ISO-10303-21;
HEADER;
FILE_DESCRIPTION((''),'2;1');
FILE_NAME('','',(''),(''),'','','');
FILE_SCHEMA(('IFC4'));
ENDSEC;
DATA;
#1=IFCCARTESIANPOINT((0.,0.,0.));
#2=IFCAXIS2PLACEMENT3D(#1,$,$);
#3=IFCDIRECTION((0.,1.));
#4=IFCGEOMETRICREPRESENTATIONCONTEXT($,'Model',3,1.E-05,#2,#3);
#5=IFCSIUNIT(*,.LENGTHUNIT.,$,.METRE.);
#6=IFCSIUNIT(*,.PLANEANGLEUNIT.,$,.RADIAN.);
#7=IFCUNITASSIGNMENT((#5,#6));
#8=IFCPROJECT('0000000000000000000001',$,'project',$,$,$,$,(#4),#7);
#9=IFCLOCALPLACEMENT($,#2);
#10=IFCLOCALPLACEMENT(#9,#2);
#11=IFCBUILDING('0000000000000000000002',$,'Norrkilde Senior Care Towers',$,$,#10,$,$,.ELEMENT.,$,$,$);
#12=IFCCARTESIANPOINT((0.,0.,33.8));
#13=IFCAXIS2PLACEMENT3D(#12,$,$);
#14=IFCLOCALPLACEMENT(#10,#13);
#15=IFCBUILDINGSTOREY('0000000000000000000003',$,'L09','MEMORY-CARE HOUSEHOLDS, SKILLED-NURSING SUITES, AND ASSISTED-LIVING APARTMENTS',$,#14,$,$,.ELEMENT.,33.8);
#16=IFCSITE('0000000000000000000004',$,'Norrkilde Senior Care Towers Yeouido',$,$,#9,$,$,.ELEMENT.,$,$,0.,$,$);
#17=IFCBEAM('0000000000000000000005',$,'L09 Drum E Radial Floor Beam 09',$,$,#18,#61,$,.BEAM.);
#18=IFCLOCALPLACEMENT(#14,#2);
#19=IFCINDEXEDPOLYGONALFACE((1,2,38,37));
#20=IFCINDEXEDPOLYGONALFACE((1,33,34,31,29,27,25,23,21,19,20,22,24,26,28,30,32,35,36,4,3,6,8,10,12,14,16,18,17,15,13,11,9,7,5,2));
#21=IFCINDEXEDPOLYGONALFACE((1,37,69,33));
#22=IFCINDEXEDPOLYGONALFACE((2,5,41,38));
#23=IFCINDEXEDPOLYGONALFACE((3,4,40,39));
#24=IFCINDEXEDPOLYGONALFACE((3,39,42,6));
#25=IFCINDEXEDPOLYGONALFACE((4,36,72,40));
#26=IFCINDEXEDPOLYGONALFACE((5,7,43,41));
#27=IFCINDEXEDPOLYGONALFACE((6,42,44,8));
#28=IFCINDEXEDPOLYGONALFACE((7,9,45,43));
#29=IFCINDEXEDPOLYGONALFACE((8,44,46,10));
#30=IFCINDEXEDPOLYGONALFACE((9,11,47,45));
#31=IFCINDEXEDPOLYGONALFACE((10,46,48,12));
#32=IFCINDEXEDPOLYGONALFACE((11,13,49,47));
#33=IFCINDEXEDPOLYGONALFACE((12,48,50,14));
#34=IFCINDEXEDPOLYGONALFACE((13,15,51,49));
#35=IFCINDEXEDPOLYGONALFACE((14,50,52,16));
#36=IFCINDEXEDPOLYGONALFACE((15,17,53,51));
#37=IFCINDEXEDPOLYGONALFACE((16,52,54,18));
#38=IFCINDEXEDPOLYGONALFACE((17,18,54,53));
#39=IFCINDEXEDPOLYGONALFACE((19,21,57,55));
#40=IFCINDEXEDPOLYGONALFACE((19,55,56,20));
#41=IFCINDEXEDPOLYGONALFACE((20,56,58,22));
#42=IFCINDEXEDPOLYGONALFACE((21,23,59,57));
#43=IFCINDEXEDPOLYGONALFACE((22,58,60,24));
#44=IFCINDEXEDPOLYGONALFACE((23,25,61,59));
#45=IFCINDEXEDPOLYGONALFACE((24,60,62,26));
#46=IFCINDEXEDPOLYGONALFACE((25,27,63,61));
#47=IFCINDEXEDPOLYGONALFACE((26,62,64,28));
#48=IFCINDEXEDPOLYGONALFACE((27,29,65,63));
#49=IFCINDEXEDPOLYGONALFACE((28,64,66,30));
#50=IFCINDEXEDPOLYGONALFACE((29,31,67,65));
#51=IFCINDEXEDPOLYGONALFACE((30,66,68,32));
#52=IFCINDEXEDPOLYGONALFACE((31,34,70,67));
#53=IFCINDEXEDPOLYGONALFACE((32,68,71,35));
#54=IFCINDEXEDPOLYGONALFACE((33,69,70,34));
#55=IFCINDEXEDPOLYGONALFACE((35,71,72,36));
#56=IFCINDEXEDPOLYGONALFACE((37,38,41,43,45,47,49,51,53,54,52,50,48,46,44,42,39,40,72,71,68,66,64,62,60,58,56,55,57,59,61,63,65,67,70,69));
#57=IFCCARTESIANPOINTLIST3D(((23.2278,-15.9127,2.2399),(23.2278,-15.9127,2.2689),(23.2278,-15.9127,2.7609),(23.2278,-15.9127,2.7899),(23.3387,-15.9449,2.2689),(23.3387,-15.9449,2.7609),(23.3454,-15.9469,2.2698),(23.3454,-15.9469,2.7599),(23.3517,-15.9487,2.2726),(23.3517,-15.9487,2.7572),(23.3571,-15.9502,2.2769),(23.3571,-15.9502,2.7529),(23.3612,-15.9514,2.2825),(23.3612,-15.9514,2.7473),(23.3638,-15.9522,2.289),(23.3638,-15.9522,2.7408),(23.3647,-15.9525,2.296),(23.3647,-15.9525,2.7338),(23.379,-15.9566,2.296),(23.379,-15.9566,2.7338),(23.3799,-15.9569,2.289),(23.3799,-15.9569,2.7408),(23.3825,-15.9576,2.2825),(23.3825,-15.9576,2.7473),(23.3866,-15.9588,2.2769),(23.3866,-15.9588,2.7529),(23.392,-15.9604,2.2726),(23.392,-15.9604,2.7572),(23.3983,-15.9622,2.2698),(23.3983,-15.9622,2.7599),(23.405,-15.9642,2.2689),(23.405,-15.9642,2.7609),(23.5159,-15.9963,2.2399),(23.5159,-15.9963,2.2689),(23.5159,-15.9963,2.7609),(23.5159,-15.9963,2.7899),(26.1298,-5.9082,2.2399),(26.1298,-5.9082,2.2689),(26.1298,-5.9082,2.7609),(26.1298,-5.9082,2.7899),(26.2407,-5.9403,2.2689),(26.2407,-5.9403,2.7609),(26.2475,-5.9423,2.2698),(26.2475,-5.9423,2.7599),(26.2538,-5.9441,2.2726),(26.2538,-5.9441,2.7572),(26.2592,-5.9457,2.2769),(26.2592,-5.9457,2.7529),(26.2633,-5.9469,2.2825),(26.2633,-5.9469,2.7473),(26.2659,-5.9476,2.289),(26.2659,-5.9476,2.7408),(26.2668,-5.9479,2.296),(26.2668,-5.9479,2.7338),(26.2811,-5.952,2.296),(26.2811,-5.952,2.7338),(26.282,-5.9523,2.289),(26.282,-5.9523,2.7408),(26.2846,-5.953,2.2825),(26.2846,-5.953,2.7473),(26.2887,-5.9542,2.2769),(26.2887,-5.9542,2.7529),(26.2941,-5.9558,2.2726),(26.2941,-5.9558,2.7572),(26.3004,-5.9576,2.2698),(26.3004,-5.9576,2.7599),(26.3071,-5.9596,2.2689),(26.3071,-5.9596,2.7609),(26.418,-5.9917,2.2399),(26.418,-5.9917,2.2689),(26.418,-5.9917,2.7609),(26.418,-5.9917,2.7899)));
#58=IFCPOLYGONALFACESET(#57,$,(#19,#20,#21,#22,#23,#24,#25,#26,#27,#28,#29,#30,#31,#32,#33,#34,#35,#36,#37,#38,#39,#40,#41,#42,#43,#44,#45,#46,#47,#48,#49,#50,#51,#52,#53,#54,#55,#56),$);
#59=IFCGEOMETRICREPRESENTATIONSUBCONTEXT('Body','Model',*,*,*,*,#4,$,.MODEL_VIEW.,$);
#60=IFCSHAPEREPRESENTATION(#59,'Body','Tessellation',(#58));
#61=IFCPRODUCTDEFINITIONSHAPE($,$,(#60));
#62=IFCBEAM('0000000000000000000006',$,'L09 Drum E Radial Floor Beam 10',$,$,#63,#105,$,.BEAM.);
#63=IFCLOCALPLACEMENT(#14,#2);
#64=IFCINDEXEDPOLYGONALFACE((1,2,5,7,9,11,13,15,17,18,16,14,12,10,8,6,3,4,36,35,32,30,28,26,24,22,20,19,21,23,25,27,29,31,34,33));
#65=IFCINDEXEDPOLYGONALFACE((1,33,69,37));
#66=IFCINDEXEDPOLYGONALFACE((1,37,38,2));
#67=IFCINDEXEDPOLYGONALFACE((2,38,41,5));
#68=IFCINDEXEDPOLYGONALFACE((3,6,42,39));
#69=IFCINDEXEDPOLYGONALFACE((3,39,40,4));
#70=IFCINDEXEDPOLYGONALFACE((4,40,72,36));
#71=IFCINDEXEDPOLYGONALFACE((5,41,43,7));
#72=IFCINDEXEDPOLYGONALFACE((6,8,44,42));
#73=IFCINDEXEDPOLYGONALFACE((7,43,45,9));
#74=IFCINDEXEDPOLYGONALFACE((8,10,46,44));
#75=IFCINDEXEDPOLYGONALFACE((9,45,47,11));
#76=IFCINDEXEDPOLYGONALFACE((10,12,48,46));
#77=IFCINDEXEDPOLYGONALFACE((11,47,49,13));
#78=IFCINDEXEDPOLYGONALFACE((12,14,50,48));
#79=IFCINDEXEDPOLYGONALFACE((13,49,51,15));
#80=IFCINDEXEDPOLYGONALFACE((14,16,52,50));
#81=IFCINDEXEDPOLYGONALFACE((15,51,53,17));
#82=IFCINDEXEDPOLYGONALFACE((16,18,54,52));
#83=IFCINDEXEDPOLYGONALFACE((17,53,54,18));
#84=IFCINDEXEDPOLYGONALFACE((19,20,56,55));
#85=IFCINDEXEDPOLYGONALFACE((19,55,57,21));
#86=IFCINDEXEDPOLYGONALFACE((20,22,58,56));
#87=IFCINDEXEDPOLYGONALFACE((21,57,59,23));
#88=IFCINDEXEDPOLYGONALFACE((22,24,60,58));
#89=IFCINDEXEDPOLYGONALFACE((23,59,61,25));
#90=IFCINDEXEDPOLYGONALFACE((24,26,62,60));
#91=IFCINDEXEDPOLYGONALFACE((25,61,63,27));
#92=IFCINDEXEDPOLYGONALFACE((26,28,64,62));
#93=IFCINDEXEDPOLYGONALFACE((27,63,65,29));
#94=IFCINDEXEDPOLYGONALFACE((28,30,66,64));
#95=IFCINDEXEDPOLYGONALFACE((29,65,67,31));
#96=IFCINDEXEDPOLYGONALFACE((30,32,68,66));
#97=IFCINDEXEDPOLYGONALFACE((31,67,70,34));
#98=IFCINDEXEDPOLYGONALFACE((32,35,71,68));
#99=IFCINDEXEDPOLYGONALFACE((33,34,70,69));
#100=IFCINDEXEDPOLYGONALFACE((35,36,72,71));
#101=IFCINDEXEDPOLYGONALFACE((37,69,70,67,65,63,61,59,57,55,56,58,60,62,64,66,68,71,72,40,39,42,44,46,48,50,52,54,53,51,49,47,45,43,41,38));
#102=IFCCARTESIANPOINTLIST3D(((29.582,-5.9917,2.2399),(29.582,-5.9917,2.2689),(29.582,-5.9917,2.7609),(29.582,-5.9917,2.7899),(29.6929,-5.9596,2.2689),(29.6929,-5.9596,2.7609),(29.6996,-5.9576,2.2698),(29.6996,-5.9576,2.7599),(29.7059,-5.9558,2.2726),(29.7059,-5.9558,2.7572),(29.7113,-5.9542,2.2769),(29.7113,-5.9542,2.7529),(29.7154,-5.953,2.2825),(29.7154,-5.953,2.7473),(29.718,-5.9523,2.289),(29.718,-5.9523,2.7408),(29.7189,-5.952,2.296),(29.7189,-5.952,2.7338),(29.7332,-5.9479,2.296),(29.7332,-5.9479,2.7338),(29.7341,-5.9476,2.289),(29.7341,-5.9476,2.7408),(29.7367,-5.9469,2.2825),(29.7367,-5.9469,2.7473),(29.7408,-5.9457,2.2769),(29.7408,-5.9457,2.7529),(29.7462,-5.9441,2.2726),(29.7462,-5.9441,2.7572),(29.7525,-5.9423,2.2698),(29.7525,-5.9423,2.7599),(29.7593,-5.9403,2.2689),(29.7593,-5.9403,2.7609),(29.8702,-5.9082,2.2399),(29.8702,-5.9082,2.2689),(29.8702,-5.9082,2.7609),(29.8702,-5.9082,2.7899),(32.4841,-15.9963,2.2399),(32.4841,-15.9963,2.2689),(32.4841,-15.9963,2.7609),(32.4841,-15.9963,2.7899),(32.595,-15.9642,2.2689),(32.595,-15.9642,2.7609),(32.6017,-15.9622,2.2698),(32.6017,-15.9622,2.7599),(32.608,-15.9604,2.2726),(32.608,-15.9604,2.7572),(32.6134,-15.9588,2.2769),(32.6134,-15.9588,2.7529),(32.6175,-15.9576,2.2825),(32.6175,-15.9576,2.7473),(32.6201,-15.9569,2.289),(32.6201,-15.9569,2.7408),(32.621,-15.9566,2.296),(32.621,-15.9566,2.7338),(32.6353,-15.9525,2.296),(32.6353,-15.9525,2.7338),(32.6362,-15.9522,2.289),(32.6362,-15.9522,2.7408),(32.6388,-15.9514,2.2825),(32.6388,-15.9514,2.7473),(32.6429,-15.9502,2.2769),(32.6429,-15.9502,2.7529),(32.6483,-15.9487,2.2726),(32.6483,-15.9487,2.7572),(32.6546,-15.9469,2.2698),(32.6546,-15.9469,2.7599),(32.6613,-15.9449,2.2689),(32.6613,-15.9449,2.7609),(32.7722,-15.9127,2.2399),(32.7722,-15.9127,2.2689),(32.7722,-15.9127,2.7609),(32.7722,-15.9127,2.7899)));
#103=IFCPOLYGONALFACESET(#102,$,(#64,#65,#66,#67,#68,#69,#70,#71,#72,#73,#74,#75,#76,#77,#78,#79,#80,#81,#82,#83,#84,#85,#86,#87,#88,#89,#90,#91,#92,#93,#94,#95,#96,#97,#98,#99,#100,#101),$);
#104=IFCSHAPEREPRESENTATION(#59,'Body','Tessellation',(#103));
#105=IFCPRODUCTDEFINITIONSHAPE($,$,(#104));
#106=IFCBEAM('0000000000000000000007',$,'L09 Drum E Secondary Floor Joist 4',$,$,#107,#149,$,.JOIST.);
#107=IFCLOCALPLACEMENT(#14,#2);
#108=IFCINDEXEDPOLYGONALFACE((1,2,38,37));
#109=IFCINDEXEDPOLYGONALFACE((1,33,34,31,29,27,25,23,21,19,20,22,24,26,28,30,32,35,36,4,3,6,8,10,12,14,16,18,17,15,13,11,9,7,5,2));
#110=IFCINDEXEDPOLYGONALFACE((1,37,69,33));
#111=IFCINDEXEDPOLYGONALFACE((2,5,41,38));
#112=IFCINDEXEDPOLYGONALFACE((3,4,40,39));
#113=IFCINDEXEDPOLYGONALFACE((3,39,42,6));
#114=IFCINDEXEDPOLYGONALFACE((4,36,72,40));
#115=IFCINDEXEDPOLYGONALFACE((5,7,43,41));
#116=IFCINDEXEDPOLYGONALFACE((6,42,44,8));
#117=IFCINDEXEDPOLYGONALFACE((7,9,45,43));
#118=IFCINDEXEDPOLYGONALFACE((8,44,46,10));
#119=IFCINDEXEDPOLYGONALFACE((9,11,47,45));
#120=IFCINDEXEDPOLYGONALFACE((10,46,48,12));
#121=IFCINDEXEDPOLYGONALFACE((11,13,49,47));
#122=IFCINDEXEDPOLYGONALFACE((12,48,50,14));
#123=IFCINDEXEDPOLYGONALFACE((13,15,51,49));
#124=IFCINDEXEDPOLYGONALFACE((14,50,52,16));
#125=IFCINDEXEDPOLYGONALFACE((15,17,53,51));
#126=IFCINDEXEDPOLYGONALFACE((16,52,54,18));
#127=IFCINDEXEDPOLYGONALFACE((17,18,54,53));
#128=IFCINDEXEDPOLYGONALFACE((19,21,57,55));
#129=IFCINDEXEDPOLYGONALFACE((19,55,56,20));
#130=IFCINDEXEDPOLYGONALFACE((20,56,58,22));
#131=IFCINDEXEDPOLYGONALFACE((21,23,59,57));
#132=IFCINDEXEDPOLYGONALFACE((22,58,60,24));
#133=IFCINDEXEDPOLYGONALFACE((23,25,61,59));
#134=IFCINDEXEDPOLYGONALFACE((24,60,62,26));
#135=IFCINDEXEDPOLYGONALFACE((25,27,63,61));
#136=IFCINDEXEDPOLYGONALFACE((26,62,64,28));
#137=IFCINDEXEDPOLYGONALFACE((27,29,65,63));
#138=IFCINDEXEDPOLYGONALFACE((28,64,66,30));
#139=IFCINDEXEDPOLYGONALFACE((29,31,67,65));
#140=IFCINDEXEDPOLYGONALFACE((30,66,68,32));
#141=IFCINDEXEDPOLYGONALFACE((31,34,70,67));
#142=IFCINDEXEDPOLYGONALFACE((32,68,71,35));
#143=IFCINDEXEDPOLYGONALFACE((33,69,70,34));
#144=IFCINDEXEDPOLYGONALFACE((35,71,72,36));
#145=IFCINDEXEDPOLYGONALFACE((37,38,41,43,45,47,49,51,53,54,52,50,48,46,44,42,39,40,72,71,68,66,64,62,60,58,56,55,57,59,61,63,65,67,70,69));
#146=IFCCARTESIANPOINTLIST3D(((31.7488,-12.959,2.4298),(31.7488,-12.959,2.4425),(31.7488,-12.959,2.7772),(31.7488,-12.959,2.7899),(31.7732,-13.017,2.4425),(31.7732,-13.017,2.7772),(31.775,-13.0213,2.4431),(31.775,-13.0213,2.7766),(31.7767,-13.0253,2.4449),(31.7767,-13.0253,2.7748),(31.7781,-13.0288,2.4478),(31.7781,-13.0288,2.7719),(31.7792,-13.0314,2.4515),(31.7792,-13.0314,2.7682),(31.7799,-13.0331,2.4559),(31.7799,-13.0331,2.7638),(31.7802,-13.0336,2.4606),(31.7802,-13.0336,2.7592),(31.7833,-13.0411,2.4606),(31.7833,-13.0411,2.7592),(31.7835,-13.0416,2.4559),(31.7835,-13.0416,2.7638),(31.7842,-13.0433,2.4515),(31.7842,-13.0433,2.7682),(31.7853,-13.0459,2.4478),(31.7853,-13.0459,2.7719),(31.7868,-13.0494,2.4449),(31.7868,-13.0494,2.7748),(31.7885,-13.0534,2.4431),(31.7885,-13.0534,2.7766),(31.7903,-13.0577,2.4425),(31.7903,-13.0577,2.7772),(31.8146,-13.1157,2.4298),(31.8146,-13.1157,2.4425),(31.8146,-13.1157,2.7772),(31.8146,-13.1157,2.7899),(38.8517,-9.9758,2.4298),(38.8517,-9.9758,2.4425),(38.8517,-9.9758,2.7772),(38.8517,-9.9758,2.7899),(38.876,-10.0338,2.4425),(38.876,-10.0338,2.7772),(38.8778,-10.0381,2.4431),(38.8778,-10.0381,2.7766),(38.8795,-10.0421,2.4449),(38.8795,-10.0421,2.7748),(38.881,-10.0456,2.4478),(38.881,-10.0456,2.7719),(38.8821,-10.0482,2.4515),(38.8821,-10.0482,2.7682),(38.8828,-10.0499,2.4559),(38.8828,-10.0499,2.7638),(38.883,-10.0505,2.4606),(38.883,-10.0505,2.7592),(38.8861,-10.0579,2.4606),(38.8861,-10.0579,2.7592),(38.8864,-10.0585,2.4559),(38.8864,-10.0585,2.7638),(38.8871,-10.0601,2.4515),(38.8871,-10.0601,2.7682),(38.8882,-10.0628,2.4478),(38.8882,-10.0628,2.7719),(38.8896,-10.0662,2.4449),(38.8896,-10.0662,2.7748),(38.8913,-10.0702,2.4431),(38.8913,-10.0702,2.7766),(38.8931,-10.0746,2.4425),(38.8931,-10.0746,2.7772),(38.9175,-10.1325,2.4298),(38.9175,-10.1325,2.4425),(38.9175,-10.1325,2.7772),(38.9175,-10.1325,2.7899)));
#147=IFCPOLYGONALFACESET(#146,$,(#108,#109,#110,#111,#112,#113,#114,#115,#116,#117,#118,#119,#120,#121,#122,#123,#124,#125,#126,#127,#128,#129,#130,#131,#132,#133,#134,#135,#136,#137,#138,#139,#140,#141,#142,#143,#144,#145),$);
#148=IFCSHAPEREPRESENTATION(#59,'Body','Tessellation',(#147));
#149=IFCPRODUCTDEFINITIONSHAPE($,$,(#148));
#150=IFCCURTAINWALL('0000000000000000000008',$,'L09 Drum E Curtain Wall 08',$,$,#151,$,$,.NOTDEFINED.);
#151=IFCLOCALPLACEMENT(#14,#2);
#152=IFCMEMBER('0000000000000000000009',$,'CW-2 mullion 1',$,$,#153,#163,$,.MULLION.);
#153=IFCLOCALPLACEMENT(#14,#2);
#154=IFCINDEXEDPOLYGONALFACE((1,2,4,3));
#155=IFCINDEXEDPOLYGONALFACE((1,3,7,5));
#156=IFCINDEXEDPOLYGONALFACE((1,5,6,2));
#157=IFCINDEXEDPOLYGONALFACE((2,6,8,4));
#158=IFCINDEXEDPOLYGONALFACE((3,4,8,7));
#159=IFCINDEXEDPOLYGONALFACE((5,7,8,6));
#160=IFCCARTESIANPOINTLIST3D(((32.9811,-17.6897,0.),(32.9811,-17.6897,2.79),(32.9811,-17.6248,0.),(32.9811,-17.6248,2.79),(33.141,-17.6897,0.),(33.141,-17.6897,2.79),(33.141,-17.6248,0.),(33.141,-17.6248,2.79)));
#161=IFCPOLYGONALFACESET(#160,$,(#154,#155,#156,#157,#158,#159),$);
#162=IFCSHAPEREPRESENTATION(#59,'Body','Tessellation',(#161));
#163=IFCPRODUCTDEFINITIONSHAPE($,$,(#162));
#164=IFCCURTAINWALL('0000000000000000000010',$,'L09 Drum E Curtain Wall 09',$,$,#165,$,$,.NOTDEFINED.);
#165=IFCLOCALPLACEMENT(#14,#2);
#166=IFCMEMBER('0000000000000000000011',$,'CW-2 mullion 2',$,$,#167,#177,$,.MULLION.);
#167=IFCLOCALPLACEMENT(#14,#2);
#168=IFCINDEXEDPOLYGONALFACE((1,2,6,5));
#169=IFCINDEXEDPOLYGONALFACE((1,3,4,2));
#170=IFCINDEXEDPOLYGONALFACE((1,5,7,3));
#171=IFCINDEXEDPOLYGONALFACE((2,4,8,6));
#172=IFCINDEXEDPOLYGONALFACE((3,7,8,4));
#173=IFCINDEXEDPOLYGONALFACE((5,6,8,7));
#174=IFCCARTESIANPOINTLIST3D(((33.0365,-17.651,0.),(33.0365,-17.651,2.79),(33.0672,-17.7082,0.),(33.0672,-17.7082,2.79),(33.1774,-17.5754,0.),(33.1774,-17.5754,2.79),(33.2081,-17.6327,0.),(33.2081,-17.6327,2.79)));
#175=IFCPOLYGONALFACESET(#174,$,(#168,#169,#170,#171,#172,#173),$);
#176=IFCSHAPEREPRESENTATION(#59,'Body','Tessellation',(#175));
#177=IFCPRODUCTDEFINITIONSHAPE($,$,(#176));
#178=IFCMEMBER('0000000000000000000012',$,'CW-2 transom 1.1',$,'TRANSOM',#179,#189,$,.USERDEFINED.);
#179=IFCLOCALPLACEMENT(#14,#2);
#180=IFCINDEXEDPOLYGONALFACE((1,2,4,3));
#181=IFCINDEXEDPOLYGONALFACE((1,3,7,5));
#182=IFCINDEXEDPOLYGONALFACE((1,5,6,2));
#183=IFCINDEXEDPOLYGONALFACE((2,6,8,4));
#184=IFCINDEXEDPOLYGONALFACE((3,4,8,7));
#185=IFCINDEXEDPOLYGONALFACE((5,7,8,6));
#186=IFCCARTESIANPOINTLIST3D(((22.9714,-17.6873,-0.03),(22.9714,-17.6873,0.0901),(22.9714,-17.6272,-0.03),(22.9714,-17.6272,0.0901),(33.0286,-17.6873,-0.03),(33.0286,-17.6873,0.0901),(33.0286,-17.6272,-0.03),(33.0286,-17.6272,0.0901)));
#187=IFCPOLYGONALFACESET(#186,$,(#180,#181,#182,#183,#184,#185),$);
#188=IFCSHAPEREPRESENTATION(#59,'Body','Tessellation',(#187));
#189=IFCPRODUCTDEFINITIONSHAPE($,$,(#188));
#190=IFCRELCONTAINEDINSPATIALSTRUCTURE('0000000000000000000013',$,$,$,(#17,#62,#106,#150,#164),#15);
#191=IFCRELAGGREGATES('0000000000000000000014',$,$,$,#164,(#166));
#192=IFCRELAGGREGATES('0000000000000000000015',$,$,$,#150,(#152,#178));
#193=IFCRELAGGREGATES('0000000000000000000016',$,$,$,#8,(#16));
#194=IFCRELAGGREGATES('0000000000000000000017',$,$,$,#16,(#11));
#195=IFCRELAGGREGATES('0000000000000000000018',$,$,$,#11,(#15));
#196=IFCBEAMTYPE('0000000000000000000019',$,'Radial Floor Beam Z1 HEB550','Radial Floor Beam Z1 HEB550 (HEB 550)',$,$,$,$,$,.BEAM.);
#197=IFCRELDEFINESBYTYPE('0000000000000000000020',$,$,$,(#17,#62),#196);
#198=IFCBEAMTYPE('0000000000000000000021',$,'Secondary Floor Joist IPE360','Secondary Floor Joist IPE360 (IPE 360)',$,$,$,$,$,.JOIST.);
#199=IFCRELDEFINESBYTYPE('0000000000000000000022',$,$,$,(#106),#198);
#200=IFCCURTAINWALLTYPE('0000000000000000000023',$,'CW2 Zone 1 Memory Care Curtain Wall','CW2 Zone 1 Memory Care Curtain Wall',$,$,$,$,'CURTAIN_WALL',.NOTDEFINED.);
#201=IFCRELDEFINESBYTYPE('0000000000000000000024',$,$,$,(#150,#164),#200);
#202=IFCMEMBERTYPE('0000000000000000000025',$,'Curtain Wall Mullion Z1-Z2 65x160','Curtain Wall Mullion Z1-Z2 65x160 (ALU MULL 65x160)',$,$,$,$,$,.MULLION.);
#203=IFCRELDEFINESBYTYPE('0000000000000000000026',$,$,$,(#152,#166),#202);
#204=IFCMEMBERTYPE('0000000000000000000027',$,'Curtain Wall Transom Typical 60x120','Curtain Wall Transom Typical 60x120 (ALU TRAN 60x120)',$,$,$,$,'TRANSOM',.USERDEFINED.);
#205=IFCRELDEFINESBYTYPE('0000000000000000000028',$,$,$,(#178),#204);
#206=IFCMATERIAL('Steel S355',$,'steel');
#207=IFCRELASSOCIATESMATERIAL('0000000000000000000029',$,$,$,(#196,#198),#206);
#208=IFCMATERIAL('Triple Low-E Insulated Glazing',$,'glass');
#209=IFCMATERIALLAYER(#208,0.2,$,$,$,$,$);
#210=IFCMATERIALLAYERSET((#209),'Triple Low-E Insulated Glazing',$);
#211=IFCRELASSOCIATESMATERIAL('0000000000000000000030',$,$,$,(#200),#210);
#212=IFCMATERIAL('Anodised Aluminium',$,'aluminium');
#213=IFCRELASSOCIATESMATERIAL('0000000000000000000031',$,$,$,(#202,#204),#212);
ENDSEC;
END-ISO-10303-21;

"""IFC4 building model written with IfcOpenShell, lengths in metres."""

from ifc_helpers import new_model, si_unit, direction, frame, origin, origin_2d, place, context, subcontext, project, spatial, rectangle, i_section, extrude, source, transform, mapped, material, layer, layer_set, material_profile, profile_set, type_object, type_shapes, element, aggregate, save


model = new_model("IFC4")

# Units and contexts
model_context = context("Model", 3, precision=1e-05, world=origin(), true_north=direction((0.0, 1.0)))
body_context = subcontext(model_context, "Body", "Model", "MODEL_VIEW")
ifc_project = project(units=[si_unit("LENGTHUNIT", "METRE"), si_unit("PLANEANGLEUNIT", "RADIAN")], contexts=[model_context])

# Site, building, storey
site_placement = place(None, origin())
site = spatial("IfcSite", under=ifc_project, at=site_placement, Name="Norrkilde Senior Care Towers Yeouido", CompositionType="ELEMENT", RefElevation=0.0)
building_placement = place(site_placement, origin())
building = spatial("IfcBuilding", under=site, at=building_placement, Name="Norrkilde Senior Care Towers", CompositionType="ELEMENT")
storey_placement = place(building_placement, frame((0.0, 0.0, 33.8)))
storey = spatial("IfcBuildingStorey", under=building, at=storey_placement, Name="L09", Description="MEMORY-CARE HOUSEHOLDS, SKILLED-NURSING SUITES, AND ASSISTED-LIVING APARTMENTS", CompositionType="ELEMENT", Elevation=33.8)

# Beams
ifc_material_1 = material(Name="Steel S355", Category="steel")
ifc_material_profile_1 = material_profile(ifc_material_1, i_section(OverallWidth=0.3, OverallDepth=0.55, WebThickness=0.0149, FlangeThickness=0.0291, FilletRadius=0.0271, at=origin_2d()), Name="HEB 550")
ifc_profile_set_1 = profile_set([ifc_material_profile_1], Name="Steel S355")
beam_type_1 = type_object("IfcBeamType", Name="Radial Floor Beam Z1 HEB550", Description="Radial Floor Beam Z1 HEB550 (HEB 550)", PredefinedType="BEAM", material=ifc_profile_set_1)
shared_shape_1 = source(origin(), body_context, "Body", "SweptSolid", [
    extrude(i_section(OverallWidth=0.3, OverallDepth=0.55, WebThickness=0.0149, FlangeThickness=0.0291, FilletRadius=0.0271, at=origin_2d()), origin(), (0.0, 0.0, 1.0), 10.417),
])
for number, where, z_axis, x_axis, name in (
    (1, (26.2739, -5.95, 2.5149), (-0.278591, -0.96041, 0.0), (0.96041, -0.278591, 0.0), "L09 Drum E Radial Floor Beam 09"),
    (2, (29.7261, -5.95, 2.5149), (0.278591, -0.96041, 0.0), (0.96041, 0.278591, 0.0), "L09 Drum E Radial Floor Beam 10"),
):
    element("IfcBeam", number, at=place(storey_placement, frame(where, z_axis=z_axis, x_axis=x_axis)), inside=storey, type_object=beam_type_1, Name=name, PredefinedType="BEAM", context=body_context, shape_type="MappedRepresentation", body=[
        mapped(shared_shape_1, transform((0.0, 0.0, 0.0), x_axis=(1.0, 0.0, 0.0), y_axis=(0.0, 1.0, 0.0), z_axis=(0.0, 0.0, 1.0), scale=1.0)),
    ])
ifc_material_profile_2 = material_profile(ifc_material_1, i_section(OverallWidth=0.1699, OverallDepth=0.3601, WebThickness=0.0081, FlangeThickness=0.0127, FilletRadius=0.0181, at=origin_2d()), Name="IPE 360")
ifc_profile_set_2 = profile_set([ifc_material_profile_2], Name="Steel S355")
beam_type_2 = type_object("IfcBeamType", Name="Secondary Floor Joist IPE360", Description="Secondary Floor Joist IPE360 (IPE 360)", PredefinedType="JOIST", material=ifc_profile_set_2)
shared_shape_2 = source(origin(), body_context, "Body", "SweptSolid", [
    extrude(i_section(OverallWidth=0.1699, OverallDepth=0.3601, WebThickness=0.0081, FlangeThickness=0.0127, FilletRadius=0.0181, at=origin_2d()), origin(), (0.0, 0.0, 1.0), 7.7039),
])
type_shapes(beam_type_2, [shared_shape_2])
beam_1_placement = place(storey_placement, frame((31.7817, -13.0374, 2.6099), z_axis=(0.921983, 0.387231, 0.0), x_axis=(-0.387231, 0.921983, 0.0)))
element("IfcBeam", 3, at=beam_1_placement, inside=storey, type_object=beam_type_2, Name="L09 Drum E Secondary Floor Joist 4", PredefinedType="JOIST", context=body_context, shape_type="MappedRepresentation", body=[
    mapped(shared_shape_2, transform((0.0, 0.0, 0.0), x_axis=(1.0, 0.0, 0.0), y_axis=(0.0, 1.0, 0.0), z_axis=(0.0, 0.0, 1.0), scale=1.0)),
])

# Curtain walls, members
ifc_material_2 = material(Name="Triple Low-E Insulated Glazing", Category="glass")
ifc_layer_1 = layer(ifc_material_2, 0.2)
ifc_layer_set_1 = layer_set([ifc_layer_1], Name="Triple Low-E Insulated Glazing")
curtain_wall_type = type_object("IfcCurtainWallType", Name="CW2 Zone 1 Memory Care Curtain Wall", Description="CW2 Zone 1 Memory Care Curtain Wall", ElementType="CURTAIN_WALL", PredefinedType="NOTDEFINED", material=ifc_layer_set_1)
curtain_wall_1_placement = place(storey_placement, origin())
curtain_wall_1 = element("IfcCurtainWall", 4, at=curtain_wall_1_placement, inside=storey, type_object=curtain_wall_type, Name="L09 Drum E Curtain Wall 08", PredefinedType="NOTDEFINED")
ifc_material_3 = material(Name="Anodised Aluminium", Category="aluminium")
ifc_material_profile_3 = material_profile(ifc_material_3, rectangle(XDim=0.0649, YDim=0.1599, at=origin_2d()), Name="ALU MULL 65x160")
ifc_profile_set_3 = profile_set([ifc_material_profile_3], Name="Anodised Aluminium")
member_type_1 = type_object("IfcMemberType", Name="Curtain Wall Mullion Z1-Z2 65x160", Description="Curtain Wall Mullion Z1-Z2 65x160 (ALU MULL 65x160)", PredefinedType="MULLION", material=ifc_profile_set_3)
shared_shape_3 = source(origin(), body_context, "Body", "SweptSolid", [
    extrude(rectangle(XDim=0.0649, YDim=0.1599, at=origin_2d()), origin(), (0.0, 0.0, 1.0), 2.79),
])
type_shapes(member_type_1, [shared_shape_3])
member_1_placement = place(storey_placement, frame((33.061, -17.6572, 0.0), z_axis=(0.0, 0.0, 1.0), x_axis=(0.0, -1.0, 0.0)))
member_1 = element("IfcMember", 5, at=member_1_placement, type_object=member_type_1, Name="CW-2 mullion 1", PredefinedType="MULLION", context=body_context, shape_type="MappedRepresentation", body=[
    mapped(shared_shape_3, transform((0.0, 0.0, 0.0), x_axis=(1.0, 0.0, 0.0), y_axis=(0.0, 1.0, 0.0), z_axis=(0.0, 0.0, 1.0), scale=1.0)),
])
curtain_wall_2_placement = place(storey_placement, origin())
curtain_wall_2 = element("IfcCurtainWall", 6, at=curtain_wall_2_placement, inside=storey, type_object=curtain_wall_type, Name="L09 Drum E Curtain Wall 09", PredefinedType="NOTDEFINED")
member_2_placement = place(storey_placement, frame((33.1223, -17.6418, 0.0), z_axis=(0.0, 0.0, 1.0), x_axis=(0.472608, -0.881273, 0.0)))
member_2 = element("IfcMember", 7, at=member_2_placement, type_object=member_type_1, Name="CW-2 mullion 2", PredefinedType="MULLION", context=body_context, shape_type="MappedRepresentation", body=[
    mapped(shared_shape_3, transform((0.0, 0.0, 0.0), x_axis=(1.0, 0.0, 0.0), y_axis=(0.0, 1.0, 0.0), z_axis=(0.0, 0.0, 1.0), scale=1.0)),
])
aggregate(curtain_wall_2, [member_2])

# Member
ifc_material_profile_4 = material_profile(ifc_material_3, rectangle(XDim=0.0601, YDim=0.1201, at=origin_2d()), Name="ALU TRAN 60x120")
ifc_profile_set_4 = profile_set([ifc_material_profile_4], Name="Anodised Aluminium")
member_type_2 = type_object("IfcMemberType", Name="Curtain Wall Transom Typical 60x120", Description="Curtain Wall Transom Typical 60x120 (ALU TRAN 60x120)", ElementType="TRANSOM", PredefinedType="USERDEFINED", material=ifc_profile_set_4)
shared_shape_4 = source(origin(), body_context, "Body", "SweptSolid", [
    extrude(rectangle(XDim=0.0601, YDim=0.1201, at=origin_2d()), origin(), (0.0, 0.0, 1.0), 10.0571),
])
type_shapes(member_type_2, [shared_shape_4])
member_3_placement = place(storey_placement, frame((33.0286, -17.6572, 0.03), z_axis=(-1.0, 0.0, 0.0), x_axis=(0.0, -1.0, 0.0)))
member_3 = element("IfcMember", 8, at=member_3_placement, type_object=member_type_2, Name="CW-2 transom 1.1", ObjectType="TRANSOM", PredefinedType="USERDEFINED", context=body_context, shape_type="MappedRepresentation", body=[
    mapped(shared_shape_4, transform((0.0, 0.0, 0.0), x_axis=(1.0, 0.0, 0.0), y_axis=(0.0, 1.0, 0.0), z_axis=(0.0, 0.0, 1.0), scale=1.0)),
])

aggregate(curtain_wall_1, [member_1, member_3])

save(model, "model.ifc")
